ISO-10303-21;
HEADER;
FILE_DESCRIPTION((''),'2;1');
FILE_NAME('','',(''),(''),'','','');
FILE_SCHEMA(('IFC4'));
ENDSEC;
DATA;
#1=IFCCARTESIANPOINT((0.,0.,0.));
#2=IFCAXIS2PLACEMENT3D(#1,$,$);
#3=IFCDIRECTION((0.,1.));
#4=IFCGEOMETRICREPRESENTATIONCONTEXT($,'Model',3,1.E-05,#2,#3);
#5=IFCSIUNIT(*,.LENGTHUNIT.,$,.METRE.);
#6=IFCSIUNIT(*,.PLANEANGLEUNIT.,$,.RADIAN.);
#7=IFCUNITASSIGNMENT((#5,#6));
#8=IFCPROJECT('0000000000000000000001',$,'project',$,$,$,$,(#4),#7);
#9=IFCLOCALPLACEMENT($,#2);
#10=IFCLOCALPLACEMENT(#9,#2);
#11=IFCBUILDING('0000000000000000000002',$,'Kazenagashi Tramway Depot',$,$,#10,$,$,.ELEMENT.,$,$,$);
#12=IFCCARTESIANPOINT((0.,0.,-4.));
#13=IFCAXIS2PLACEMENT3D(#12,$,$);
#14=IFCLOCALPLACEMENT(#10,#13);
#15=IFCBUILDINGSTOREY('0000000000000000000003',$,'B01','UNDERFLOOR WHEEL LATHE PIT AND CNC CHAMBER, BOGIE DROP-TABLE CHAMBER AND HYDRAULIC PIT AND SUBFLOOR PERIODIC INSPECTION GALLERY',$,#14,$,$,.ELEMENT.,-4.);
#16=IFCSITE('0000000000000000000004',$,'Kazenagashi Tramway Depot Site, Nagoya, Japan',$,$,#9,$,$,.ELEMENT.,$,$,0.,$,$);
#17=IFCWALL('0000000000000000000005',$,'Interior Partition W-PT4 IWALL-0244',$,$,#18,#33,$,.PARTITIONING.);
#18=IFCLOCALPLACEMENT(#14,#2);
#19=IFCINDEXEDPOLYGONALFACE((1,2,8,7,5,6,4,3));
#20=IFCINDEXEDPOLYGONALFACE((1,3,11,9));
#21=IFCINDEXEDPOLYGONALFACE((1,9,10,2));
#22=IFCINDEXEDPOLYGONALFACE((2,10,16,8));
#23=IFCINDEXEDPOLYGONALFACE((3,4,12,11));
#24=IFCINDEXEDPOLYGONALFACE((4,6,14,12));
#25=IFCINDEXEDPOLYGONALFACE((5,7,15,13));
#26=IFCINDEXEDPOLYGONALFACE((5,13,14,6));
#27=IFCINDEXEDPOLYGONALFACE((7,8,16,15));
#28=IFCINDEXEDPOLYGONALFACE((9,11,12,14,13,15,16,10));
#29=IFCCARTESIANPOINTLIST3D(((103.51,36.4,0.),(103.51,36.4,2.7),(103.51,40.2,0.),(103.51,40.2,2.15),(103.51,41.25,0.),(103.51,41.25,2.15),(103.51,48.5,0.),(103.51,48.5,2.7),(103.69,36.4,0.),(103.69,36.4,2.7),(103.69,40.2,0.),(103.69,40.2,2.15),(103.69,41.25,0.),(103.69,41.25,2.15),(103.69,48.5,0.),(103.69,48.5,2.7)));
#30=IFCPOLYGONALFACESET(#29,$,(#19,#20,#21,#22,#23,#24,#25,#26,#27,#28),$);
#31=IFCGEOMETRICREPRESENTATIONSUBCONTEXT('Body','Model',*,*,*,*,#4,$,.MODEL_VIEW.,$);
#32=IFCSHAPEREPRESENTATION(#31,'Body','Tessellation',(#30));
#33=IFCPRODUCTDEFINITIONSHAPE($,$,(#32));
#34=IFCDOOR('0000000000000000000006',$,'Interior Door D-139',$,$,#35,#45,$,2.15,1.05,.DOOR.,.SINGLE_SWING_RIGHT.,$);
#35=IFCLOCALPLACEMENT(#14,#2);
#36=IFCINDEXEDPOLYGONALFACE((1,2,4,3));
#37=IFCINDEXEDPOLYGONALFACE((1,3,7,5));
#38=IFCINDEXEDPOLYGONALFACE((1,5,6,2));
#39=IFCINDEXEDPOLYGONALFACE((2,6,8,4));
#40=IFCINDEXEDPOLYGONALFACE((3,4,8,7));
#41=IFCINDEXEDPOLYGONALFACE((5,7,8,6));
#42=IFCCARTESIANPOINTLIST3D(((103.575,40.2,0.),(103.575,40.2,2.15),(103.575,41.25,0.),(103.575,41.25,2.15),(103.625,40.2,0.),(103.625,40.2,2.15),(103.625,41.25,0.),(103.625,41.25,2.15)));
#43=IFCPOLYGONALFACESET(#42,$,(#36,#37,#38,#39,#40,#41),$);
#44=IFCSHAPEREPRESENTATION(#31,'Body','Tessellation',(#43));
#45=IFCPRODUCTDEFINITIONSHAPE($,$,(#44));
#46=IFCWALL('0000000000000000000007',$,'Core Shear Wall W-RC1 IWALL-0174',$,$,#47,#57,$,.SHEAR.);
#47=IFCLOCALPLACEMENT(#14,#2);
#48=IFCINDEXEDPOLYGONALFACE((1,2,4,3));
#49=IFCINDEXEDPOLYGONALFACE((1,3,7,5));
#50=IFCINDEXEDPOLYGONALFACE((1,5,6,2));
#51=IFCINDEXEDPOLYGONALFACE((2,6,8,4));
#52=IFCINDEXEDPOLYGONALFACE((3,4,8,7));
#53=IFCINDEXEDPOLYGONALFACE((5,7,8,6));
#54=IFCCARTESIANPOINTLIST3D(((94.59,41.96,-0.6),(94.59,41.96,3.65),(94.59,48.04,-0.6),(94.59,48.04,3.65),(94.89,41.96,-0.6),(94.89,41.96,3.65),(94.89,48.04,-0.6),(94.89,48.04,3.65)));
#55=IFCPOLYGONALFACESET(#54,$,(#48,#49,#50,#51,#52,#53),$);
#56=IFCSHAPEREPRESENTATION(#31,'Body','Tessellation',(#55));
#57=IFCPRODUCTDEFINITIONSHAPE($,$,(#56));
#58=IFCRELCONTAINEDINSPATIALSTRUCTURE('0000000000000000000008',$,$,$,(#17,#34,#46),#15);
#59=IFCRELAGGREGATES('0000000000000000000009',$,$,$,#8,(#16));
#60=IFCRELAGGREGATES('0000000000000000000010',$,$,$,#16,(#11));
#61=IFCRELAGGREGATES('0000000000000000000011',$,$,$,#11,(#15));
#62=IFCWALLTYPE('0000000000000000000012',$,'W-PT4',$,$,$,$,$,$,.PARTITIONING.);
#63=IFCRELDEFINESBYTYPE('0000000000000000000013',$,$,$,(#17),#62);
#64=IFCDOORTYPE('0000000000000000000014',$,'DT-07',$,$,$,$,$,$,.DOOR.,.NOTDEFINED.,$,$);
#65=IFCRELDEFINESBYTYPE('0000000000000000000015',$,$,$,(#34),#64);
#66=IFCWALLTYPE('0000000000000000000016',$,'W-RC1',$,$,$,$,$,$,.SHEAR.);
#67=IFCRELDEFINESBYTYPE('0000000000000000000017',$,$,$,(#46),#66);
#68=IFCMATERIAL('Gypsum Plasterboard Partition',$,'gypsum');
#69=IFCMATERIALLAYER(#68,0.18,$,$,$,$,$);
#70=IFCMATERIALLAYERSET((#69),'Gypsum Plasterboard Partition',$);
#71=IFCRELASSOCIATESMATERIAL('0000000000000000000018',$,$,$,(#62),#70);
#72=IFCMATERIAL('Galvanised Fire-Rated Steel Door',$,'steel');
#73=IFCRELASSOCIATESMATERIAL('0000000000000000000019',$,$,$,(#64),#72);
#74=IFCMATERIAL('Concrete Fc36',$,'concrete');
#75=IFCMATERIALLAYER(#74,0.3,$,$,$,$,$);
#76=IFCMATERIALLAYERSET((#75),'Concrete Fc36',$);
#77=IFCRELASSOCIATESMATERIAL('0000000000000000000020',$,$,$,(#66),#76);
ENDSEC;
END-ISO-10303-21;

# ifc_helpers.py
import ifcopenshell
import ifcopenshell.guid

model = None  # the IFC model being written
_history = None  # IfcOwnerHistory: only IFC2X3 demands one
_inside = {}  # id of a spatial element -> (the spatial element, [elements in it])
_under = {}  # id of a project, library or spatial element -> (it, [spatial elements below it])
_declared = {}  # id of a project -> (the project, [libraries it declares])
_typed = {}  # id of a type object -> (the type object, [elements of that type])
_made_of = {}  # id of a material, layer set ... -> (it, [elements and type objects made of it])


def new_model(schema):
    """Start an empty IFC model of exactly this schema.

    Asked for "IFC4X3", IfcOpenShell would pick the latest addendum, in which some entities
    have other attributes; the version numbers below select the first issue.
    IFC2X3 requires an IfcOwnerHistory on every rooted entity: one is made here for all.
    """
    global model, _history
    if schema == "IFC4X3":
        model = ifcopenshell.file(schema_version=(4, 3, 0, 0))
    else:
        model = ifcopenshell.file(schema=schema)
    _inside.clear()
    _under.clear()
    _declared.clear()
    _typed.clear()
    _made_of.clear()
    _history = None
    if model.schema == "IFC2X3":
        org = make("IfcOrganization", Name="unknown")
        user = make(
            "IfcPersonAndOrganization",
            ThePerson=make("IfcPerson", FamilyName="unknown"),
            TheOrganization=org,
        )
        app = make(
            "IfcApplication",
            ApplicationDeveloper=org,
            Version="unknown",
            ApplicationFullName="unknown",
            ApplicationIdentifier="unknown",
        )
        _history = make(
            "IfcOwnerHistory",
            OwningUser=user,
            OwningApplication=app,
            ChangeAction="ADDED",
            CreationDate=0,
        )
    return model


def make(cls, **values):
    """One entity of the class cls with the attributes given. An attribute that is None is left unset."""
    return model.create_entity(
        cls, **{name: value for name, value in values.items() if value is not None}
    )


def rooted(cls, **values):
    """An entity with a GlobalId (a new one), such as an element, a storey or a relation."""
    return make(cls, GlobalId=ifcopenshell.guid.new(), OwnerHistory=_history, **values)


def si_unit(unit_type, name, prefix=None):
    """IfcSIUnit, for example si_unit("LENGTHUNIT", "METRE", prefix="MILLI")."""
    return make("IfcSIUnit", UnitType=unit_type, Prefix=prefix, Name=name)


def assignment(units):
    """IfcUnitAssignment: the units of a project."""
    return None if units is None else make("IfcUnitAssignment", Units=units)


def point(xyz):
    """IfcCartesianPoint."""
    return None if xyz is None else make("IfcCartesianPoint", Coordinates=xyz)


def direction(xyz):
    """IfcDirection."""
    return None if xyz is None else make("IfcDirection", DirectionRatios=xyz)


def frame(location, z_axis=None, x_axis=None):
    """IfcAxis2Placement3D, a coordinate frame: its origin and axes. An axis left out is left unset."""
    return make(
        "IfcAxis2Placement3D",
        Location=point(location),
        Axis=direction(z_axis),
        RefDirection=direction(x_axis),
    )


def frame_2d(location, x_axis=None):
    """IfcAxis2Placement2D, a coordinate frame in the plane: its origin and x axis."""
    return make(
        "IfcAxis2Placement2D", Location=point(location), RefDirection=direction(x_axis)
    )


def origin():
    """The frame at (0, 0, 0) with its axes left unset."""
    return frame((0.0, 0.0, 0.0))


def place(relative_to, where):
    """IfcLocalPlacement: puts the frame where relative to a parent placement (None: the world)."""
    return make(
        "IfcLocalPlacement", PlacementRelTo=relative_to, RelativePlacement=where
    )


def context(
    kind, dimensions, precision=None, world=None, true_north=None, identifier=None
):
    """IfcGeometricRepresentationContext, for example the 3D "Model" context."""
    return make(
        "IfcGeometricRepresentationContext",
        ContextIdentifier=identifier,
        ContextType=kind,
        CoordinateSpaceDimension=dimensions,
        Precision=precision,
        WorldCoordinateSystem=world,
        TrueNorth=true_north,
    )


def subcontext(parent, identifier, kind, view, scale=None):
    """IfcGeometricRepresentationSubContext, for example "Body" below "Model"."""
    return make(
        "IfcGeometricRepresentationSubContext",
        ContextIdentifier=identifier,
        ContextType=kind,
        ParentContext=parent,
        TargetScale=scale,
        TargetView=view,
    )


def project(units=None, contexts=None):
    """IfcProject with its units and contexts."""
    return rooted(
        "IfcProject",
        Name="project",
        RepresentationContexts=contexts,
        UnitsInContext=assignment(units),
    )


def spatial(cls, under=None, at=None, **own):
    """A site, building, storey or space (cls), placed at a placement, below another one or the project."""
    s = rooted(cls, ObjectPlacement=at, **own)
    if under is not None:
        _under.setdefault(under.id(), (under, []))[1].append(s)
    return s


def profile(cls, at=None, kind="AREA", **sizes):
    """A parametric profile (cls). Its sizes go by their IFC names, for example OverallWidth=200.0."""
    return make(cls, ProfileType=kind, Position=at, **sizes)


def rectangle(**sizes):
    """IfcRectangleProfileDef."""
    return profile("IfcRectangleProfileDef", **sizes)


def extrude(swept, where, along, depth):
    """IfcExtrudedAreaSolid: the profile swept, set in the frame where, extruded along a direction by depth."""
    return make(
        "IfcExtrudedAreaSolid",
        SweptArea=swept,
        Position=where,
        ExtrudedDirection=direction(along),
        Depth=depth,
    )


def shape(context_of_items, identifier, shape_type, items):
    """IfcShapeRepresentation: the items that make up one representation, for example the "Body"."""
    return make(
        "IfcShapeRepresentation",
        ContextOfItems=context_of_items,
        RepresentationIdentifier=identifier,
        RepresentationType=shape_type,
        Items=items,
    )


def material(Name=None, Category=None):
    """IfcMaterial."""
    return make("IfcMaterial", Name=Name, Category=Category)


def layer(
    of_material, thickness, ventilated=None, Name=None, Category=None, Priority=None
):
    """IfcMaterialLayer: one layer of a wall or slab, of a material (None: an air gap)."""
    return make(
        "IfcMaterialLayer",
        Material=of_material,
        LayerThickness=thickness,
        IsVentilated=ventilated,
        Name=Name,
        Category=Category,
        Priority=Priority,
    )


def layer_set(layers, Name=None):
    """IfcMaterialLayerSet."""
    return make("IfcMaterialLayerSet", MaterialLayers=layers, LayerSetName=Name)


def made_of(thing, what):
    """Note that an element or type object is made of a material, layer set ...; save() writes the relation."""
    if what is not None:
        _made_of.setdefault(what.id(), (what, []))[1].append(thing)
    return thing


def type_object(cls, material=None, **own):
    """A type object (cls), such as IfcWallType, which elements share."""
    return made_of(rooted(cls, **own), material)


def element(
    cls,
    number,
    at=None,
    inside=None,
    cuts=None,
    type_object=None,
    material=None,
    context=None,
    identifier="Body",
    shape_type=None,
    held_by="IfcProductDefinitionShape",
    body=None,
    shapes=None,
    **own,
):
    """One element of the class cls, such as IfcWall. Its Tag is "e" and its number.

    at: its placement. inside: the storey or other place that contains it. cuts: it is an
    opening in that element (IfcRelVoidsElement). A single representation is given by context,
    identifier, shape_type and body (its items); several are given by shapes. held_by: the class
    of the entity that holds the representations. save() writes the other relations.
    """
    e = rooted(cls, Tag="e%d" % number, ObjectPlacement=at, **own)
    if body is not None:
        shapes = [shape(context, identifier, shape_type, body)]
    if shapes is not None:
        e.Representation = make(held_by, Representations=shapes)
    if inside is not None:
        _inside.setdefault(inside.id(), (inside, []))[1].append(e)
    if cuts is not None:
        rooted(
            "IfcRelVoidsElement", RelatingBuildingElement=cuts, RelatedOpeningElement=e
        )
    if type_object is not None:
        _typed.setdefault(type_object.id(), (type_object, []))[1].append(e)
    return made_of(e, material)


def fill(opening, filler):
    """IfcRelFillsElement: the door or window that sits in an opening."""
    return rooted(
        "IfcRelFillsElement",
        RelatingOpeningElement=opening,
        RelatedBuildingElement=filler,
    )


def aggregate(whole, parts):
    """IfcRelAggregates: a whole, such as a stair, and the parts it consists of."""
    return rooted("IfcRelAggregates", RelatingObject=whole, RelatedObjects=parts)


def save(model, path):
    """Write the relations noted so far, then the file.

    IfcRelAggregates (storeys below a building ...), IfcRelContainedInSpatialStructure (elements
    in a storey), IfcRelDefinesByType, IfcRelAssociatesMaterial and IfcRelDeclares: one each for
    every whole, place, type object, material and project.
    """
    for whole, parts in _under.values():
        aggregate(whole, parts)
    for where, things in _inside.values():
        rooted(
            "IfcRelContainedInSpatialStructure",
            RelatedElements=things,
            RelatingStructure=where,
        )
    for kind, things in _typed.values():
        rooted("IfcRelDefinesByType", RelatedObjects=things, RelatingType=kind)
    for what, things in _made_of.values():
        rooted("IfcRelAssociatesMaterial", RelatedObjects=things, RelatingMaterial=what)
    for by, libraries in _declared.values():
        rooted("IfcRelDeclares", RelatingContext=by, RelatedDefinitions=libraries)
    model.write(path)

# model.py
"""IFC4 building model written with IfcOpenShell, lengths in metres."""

from ifc_helpers import new_model, si_unit, direction, frame, frame_2d, origin, place, context, subcontext, project, spatial, rectangle, extrude, material, layer, layer_set, type_object, element, fill, save


model = new_model("IFC4")

# Units and contexts
model_context = context("Model", 3, precision=1e-05, world=origin(), true_north=direction((0.0, 1.0)))
body_context = subcontext(model_context, "Body", "Model", "MODEL_VIEW")
ifc_project = project(units=[si_unit("LENGTHUNIT", "METRE"), si_unit("PLANEANGLEUNIT", "RADIAN")], contexts=[model_context])

# Site, building, storey
site_placement = place(None, origin())
site = spatial("IfcSite", under=ifc_project, at=site_placement, Name="Kazenagashi Tramway Depot Site, Nagoya, Japan", CompositionType="ELEMENT", RefElevation=0.0)
building_placement = place(site_placement, origin())
building = spatial("IfcBuilding", under=site, at=building_placement, Name="Kazenagashi Tramway Depot", CompositionType="ELEMENT")
storey_placement = place(building_placement, frame((0.0, 0.0, -4.0)))
storey = spatial("IfcBuildingStorey", under=building, at=storey_placement, Name="B01", Description="UNDERFLOOR WHEEL LATHE PIT AND CNC CHAMBER, BOGIE DROP-TABLE CHAMBER AND HYDRAULIC PIT AND SUBFLOOR PERIODIC INSPECTION GALLERY", CompositionType="ELEMENT", Elevation=-4.0)

# Shared definitions
ifc_material_1 = material(Name="Concrete Fc36", Category="concrete")

# Shared definitions
ifc_material_2 = material(Name="Gypsum Plasterboard Partition", Category="gypsum")

# Wall, opening, door
ifc_layer_1 = layer(ifc_material_2, 0.18)
ifc_layer_set_1 = layer_set([ifc_layer_1], Name="Gypsum Plasterboard Partition")
wall_type_1 = type_object("IfcWallType", Name="W-PT4", PredefinedType="PARTITIONING", material=ifc_layer_set_1)
wall_1_placement = place(storey_placement, frame((103.6, 36.4, 0.0), z_axis=(0.0, 0.0, 1.0), x_axis=(0.0, 1.0, 0.0)))
wall_1 = element("IfcWall", 1, at=wall_1_placement, inside=storey, type_object=wall_type_1, Name="Interior Partition W-PT4 IWALL-0244", PredefinedType="PARTITIONING", context=body_context, shape_type="SweptSolid", body=[
    extrude(rectangle(XDim=12.1, YDim=0.18, at=frame_2d((6.05, 0.0))), origin(), (0.0, 0.0, 1.0), 2.7),
])
opening_1_placement = place(wall_1_placement, frame((3.8, 0.0, 0.0)))
opening_1 = element("IfcOpeningElement", 2, at=opening_1_placement, cuts=wall_1, PredefinedType="OPENING", context=body_context, shape_type="SweptSolid", body=[
    extrude(rectangle(XDim=1.05, YDim=2.15, at=frame_2d((0.525, 1.075))), frame((0.0, 0.1, 0.0), z_axis=(0.0, -1.0, 0.0), x_axis=(1.0, 0.0, 0.0)), (0.0, 0.0, 1.0), 0.2),
])
ifc_material_3 = material(Name="Galvanised Fire-Rated Steel Door", Category="steel")
door_type_1 = type_object("IfcDoorType", Name="DT-07", OperationType="NOTDEFINED", PredefinedType="DOOR", material=ifc_material_3)
door_1_placement = place(opening_1_placement, origin())
door_1 = element("IfcDoor", 3, at=door_1_placement, inside=storey, type_object=door_type_1, Name="Interior Door D-139", OperationType="SINGLE_SWING_RIGHT", OverallHeight=2.15, OverallWidth=1.05, PredefinedType="DOOR", context=body_context, shape_type="SweptSolid", body=[
    extrude(rectangle(XDim=1.05, YDim=2.15, at=frame_2d((0.525, 1.075))), frame((0.0, 0.025, 0.0), z_axis=(0.0, -1.0, 0.0), x_axis=(1.0, 0.0, 0.0)), (0.0, 0.0, 1.0), 0.05),
])
fill(opening_1, door_1)

# Wall
ifc_layer_2 = layer(ifc_material_1, 0.3)
ifc_layer_set_2 = layer_set([ifc_layer_2], Name="Concrete Fc36")
wall_type_2 = type_object("IfcWallType", Name="W-RC1", PredefinedType="SHEAR", material=ifc_layer_set_2)
wall_2_placement = place(storey_placement, frame((94.74, 41.96, -0.6), z_axis=(0.0, 0.0, 1.0), x_axis=(0.0, 1.0, 0.0)))
element("IfcWall", 4, at=wall_2_placement, inside=storey, type_object=wall_type_2, Name="Core Shear Wall W-RC1 IWALL-0174", PredefinedType="SHEAR", context=body_context, shape_type="SweptSolid", body=[
    extrude(rectangle(XDim=6.08, YDim=0.3, at=frame_2d((3.04, 0.0))), origin(), (0.0, 0.0, 1.0), 4.25),
])

save(model, "model.ifc")
